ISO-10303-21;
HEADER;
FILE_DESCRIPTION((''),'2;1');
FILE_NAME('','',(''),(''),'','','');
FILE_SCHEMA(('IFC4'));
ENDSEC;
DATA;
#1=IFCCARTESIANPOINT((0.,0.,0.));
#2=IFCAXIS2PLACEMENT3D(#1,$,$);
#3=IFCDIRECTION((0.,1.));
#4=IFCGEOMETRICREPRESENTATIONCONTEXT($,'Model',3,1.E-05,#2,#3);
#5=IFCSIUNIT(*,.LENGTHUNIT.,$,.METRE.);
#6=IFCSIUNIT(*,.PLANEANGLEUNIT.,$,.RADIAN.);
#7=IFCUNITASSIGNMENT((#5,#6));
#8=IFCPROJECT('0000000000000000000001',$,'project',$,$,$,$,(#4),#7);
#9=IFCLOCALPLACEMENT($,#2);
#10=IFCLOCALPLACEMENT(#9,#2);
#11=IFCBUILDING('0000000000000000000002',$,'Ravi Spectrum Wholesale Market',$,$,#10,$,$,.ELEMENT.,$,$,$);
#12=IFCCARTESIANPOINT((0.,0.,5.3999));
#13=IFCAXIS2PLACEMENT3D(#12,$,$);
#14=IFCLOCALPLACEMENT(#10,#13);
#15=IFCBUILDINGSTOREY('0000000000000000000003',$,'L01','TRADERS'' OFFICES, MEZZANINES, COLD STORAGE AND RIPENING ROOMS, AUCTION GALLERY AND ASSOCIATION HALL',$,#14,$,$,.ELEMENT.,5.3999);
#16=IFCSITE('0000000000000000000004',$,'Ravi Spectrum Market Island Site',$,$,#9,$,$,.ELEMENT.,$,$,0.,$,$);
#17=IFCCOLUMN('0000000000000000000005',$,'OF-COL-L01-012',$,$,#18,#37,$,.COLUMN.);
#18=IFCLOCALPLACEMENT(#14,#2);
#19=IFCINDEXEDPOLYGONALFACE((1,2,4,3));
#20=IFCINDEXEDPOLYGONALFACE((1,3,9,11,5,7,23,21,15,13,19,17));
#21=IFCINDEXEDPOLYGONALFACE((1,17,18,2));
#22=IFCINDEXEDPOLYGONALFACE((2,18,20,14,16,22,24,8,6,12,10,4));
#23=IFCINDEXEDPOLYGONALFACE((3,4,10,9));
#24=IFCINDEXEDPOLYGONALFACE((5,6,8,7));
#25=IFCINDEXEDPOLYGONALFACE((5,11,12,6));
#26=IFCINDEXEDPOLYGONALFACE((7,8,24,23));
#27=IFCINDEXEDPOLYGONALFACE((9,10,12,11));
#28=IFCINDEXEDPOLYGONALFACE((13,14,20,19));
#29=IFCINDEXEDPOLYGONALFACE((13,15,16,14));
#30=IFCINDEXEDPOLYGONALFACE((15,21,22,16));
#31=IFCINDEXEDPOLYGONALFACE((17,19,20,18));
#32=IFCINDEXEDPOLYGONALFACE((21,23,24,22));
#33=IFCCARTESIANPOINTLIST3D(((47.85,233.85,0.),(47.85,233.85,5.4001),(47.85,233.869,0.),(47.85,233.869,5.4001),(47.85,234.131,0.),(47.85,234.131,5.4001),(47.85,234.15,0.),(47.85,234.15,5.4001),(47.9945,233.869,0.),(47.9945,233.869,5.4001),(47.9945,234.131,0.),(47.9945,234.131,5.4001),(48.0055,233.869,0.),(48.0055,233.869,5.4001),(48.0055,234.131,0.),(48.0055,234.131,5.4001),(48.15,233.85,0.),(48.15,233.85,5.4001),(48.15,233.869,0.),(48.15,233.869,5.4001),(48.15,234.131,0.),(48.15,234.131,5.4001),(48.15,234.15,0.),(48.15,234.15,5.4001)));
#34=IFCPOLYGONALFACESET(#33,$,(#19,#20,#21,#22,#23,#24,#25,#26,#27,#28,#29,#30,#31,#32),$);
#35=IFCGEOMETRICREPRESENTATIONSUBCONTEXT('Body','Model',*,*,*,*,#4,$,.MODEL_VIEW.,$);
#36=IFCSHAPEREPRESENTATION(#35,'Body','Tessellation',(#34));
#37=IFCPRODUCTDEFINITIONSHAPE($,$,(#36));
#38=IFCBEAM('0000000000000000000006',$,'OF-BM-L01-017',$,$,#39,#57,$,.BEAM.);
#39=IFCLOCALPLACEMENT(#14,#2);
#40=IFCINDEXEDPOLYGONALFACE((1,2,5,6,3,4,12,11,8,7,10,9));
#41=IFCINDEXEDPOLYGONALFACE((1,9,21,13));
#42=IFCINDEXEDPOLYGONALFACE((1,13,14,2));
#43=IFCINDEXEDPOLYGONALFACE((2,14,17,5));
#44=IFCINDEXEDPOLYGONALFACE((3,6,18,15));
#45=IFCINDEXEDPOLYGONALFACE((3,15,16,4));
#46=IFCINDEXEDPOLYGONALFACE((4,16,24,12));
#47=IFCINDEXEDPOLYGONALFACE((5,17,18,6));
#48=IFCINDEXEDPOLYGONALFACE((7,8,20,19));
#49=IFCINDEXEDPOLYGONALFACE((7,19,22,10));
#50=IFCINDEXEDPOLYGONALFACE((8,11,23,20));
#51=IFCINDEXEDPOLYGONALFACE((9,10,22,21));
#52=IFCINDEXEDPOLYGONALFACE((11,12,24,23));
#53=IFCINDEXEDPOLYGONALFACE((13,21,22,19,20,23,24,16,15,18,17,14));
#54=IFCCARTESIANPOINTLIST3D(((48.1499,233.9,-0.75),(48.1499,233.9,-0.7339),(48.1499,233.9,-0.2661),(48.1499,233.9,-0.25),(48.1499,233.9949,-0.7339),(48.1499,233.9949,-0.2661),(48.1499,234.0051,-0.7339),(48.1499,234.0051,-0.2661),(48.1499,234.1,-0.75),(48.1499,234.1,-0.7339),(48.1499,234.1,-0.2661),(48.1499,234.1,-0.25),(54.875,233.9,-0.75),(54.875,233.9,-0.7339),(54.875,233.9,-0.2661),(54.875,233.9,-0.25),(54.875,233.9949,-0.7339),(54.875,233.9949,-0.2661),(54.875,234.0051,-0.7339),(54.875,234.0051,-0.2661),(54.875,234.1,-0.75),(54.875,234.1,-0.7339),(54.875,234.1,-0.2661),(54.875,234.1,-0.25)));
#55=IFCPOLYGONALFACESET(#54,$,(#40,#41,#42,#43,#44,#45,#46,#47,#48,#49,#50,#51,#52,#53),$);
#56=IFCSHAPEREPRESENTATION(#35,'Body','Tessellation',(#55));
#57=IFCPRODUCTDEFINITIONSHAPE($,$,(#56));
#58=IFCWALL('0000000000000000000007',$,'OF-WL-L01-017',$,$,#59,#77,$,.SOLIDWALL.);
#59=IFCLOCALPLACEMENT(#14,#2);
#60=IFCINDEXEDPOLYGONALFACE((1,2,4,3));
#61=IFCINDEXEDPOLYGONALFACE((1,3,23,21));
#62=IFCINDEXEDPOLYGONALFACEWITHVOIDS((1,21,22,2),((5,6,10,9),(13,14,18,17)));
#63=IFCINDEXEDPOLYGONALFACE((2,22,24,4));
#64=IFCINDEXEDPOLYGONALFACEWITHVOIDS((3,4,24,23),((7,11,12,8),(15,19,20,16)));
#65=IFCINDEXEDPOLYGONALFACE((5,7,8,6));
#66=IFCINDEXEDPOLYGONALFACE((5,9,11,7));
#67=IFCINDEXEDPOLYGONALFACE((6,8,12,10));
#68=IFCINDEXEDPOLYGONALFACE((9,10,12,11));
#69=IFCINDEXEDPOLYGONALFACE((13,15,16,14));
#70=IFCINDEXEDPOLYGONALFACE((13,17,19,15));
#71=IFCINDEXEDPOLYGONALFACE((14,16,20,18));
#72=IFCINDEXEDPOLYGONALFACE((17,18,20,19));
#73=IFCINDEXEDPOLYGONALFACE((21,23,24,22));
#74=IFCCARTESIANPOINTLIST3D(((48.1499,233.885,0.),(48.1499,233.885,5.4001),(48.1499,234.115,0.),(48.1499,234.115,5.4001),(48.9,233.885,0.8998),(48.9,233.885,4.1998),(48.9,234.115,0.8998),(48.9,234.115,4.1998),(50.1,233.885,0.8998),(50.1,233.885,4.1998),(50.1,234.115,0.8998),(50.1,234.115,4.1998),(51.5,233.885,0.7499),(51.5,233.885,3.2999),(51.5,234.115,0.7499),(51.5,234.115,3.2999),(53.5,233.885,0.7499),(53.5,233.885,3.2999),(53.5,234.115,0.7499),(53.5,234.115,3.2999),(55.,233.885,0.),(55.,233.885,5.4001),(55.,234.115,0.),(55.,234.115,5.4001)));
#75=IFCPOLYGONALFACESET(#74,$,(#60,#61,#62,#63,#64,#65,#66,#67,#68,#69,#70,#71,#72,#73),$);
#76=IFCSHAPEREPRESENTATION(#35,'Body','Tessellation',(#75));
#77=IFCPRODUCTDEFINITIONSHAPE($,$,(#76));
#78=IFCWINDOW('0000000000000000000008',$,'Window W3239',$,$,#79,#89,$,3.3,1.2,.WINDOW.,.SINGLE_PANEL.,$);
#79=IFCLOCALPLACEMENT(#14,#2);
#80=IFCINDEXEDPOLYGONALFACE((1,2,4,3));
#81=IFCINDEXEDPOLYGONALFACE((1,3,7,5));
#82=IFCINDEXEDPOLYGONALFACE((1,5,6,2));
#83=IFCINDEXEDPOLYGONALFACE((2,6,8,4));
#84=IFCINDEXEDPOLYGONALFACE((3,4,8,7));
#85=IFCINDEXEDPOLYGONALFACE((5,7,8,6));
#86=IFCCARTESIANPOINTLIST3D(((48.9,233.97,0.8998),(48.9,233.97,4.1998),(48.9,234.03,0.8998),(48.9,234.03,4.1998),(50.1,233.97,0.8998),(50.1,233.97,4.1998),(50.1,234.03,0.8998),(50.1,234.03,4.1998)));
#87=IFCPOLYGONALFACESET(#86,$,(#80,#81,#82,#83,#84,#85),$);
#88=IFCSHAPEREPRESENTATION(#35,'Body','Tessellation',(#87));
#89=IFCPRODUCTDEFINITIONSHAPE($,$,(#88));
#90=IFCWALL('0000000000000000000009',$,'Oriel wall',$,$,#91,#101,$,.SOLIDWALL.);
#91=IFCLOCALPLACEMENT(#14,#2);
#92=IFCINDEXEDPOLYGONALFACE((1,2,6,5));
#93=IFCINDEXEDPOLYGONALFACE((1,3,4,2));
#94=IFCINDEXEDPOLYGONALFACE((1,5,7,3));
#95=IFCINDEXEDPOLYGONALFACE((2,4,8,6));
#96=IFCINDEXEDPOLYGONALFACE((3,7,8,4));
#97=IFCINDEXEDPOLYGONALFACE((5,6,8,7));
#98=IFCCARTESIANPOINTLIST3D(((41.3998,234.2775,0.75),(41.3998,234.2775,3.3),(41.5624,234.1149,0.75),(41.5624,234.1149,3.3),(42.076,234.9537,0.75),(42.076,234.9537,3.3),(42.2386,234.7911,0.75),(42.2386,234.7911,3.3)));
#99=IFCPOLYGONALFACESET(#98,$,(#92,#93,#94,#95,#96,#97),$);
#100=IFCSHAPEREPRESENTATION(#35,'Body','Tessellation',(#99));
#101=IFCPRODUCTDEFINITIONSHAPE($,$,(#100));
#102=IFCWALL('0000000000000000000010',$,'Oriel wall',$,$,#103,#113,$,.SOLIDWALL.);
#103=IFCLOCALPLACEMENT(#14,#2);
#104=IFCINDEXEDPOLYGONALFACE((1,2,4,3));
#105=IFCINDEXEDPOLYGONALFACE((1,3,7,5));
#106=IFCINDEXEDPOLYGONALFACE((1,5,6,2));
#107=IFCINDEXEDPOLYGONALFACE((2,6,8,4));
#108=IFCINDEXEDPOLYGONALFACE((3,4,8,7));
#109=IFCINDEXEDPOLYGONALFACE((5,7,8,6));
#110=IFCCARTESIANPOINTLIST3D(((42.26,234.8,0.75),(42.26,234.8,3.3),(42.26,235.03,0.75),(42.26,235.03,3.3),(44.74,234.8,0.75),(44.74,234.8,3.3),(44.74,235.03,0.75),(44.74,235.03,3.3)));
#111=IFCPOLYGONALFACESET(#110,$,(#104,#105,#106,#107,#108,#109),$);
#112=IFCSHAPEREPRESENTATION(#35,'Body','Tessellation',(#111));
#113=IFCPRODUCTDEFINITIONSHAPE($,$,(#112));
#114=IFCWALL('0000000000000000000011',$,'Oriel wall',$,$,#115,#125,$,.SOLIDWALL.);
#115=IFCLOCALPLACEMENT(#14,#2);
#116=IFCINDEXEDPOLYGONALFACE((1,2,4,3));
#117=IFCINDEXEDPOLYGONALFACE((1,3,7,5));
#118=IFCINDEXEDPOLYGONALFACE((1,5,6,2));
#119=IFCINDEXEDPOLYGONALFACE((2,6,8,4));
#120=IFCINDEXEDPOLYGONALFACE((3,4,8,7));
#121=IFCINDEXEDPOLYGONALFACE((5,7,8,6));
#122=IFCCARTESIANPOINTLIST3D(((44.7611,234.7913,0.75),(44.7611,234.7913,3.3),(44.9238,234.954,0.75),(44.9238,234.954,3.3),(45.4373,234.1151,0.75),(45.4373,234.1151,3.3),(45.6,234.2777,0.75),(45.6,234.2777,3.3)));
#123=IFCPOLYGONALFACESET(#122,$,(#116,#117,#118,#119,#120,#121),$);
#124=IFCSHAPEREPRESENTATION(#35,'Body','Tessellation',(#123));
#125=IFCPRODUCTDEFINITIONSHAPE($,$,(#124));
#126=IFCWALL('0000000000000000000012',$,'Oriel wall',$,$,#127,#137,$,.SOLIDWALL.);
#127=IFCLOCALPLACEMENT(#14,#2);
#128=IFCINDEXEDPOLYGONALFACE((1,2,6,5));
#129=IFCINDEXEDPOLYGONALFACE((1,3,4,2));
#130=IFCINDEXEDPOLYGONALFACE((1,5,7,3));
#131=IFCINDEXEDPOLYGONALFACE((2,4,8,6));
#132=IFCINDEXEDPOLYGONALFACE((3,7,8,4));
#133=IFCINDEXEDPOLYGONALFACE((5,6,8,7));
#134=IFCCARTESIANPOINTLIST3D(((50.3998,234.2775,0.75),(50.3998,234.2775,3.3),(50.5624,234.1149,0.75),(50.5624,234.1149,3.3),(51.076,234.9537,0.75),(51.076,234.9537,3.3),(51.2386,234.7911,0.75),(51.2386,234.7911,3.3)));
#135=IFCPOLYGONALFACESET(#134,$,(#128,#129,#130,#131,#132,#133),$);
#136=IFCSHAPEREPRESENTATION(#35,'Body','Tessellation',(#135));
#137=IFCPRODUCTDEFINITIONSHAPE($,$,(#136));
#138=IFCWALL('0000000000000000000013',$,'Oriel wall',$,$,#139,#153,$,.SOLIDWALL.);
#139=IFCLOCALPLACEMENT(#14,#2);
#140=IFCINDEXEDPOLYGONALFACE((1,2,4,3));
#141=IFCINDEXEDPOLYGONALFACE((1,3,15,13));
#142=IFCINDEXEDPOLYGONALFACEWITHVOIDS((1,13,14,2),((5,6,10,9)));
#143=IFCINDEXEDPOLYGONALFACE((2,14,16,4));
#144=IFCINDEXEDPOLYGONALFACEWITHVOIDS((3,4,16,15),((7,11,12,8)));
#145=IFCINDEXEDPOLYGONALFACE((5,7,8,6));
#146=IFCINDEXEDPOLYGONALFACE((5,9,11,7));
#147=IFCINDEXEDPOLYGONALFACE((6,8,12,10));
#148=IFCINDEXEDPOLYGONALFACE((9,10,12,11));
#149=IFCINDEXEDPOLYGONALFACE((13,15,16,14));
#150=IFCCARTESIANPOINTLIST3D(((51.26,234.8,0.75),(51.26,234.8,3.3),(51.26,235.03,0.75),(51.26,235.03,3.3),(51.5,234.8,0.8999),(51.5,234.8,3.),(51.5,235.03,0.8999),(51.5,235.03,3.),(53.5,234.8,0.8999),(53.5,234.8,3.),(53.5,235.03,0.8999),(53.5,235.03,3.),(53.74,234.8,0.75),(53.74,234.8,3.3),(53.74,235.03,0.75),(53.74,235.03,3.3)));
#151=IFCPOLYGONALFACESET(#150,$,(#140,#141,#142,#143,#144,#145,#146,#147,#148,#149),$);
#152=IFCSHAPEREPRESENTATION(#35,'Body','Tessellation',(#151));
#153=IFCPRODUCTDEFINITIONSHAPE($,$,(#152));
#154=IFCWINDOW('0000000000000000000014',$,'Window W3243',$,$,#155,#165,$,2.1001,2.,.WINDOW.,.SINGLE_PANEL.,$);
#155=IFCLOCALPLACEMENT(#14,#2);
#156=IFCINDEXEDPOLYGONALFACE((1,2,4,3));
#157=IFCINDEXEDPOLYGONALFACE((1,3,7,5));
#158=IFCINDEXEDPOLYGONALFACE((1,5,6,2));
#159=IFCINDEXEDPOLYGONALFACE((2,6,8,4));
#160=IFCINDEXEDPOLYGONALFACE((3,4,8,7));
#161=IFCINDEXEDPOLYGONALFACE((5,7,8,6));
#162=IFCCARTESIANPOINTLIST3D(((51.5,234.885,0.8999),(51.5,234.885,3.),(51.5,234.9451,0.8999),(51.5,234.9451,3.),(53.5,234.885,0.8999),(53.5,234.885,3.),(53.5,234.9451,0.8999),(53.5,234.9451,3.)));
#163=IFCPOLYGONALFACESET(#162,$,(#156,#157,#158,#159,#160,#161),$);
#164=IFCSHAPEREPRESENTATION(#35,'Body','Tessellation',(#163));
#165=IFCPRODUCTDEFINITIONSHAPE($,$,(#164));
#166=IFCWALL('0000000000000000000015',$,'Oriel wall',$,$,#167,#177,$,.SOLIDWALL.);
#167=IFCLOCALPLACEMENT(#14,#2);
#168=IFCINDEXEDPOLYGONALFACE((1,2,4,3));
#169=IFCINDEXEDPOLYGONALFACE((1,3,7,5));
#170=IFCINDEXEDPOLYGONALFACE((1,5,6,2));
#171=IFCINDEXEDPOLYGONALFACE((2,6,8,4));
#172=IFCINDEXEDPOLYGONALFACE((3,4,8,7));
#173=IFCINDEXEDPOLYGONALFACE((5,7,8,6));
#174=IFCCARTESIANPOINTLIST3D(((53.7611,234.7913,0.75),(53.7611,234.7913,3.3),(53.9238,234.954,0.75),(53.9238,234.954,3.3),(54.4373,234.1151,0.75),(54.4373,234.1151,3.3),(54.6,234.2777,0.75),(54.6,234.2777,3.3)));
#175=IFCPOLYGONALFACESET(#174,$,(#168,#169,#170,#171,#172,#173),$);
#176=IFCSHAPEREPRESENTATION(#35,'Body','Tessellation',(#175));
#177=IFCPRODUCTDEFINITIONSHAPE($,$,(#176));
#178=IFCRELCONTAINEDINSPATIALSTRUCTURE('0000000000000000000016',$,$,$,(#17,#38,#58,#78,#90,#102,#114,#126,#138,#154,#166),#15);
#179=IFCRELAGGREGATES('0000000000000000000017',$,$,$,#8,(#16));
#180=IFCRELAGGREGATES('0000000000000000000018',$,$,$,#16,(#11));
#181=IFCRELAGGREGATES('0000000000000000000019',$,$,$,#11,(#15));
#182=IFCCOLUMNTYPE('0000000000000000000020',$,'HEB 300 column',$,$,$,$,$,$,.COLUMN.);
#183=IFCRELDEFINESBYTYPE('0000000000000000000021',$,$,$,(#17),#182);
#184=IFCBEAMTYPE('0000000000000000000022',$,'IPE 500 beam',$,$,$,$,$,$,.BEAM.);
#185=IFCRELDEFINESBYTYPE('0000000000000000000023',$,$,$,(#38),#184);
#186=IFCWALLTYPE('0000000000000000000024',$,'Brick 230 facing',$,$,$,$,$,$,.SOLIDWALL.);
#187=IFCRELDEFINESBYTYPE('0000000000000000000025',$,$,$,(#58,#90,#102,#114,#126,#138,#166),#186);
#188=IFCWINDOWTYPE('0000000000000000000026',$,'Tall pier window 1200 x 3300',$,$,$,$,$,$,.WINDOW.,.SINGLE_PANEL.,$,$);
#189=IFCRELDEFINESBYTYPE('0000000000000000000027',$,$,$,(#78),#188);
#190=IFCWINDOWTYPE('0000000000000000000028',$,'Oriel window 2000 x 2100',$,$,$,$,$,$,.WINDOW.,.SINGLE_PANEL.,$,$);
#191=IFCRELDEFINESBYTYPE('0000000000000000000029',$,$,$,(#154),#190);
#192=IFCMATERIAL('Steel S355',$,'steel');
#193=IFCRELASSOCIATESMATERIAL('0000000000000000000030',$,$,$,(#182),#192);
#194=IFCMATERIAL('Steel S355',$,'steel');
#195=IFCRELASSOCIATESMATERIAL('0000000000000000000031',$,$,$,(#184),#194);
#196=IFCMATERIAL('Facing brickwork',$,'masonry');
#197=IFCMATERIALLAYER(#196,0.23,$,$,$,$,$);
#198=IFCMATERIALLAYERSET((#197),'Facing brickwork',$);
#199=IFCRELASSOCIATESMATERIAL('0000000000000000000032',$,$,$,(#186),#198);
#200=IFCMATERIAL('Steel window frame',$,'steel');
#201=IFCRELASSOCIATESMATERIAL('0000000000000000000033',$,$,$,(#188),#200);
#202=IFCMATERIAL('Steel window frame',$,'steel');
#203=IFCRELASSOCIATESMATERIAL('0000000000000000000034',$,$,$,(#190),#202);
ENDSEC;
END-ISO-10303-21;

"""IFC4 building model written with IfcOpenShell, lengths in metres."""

from ifc_helpers import new_model, si_unit, direction, frame, frame_2d, origin, origin_2d, place, context, subcontext, project, spatial, rectangle, i_section, extrude, material, layer, layer_set, material_profile, profile_set, type_object, element, fill, save


model = new_model("IFC4")

# Units and contexts
model_context = context("Model", 3, precision=1e-05, world=origin(), true_north=direction((0.0, 1.0)))
body_context = subcontext(model_context, "Body", "Model", "MODEL_VIEW")
ifc_project = project(units=[si_unit("LENGTHUNIT", "METRE"), si_unit("PLANEANGLEUNIT", "RADIAN")], contexts=[model_context])

# Site, building, storey
site_placement = place(None, origin())
site = spatial("IfcSite", under=ifc_project, at=site_placement, Name="Ravi Spectrum Market Island Site", CompositionType="ELEMENT", RefElevation=0.0)
building_placement = place(site_placement, origin())
building = spatial("IfcBuilding", under=site, at=building_placement, Name="Ravi Spectrum Wholesale Market", CompositionType="ELEMENT")
storey_placement = place(building_placement, frame((0.0, 0.0, 5.3999)))
storey = spatial("IfcBuildingStorey", under=building, at=storey_placement, Name="L01", Description="TRADERS' OFFICES, MEZZANINES, COLD STORAGE AND RIPENING ROOMS, AUCTION GALLERY AND ASSOCIATION HALL", CompositionType="ELEMENT", Elevation=5.3999)

# Column
ifc_material_1 = material(Name="Steel S355", Category="steel")
ifc_material_profile_1 = material_profile(ifc_material_1, i_section(OverallWidth=0.3, OverallDepth=0.3, WebThickness=0.011, FlangeThickness=0.019, at=origin_2d()))
ifc_profile_set_1 = profile_set([ifc_material_profile_1], Name="Steel S355")
column_type = type_object("IfcColumnType", Name="HEB 300 column", PredefinedType="COLUMN", material=ifc_profile_set_1)
column_placement = place(storey_placement, frame((48.0, 234.0, 0.0), z_axis=(0.0, 0.0, 1.0), x_axis=(1.0, 0.0, 0.0)))
element("IfcColumn", 1, at=column_placement, inside=storey, type_object=column_type, Name="OF-COL-L01-012", PredefinedType="COLUMN", context=body_context, shape_type="SweptSolid", body=[
    extrude(i_section(OverallWidth=0.3, OverallDepth=0.3, WebThickness=0.011, FlangeThickness=0.019, at=origin_2d()), origin(), (0.0, 0.0, 1.0), 5.4001),
])

# Beam
ifc_material_2 = material(Name="Steel S355", Category="steel")
ifc_material_profile_2 = material_profile(ifc_material_2, i_section(OverallWidth=0.2, OverallDepth=0.5, WebThickness=0.0103, FlangeThickness=0.0161, at=origin_2d()))
ifc_profile_set_2 = profile_set([ifc_material_profile_2], Name="Steel S355")
beam_type = type_object("IfcBeamType", Name="IPE 500 beam", PredefinedType="BEAM", material=ifc_profile_set_2)
beam_placement = place(storey_placement, frame((48.1499, 234.0, -0.5), z_axis=(1.0, 0.0, 0.0), x_axis=(0.0, 1.0, 0.0)))
element("IfcBeam", 2, at=beam_placement, inside=storey, type_object=beam_type, Name="OF-BM-L01-017", PredefinedType="BEAM", context=body_context, shape_type="SweptSolid", body=[
    extrude(i_section(OverallWidth=0.2, OverallDepth=0.5, WebThickness=0.0103, FlangeThickness=0.0161, at=origin_2d()), origin(), (0.0, 0.0, 1.0), 6.7251),
])

# Wall, openings, window
ifc_material_3 = material(Name="Facing brickwork", Category="masonry")
ifc_layer_1 = layer(ifc_material_3, 0.23)
ifc_layer_set_1 = layer_set([ifc_layer_1], Name="Facing brickwork")
wall_type_1 = type_object("IfcWallType", Name="Brick 230 facing", PredefinedType="SOLIDWALL", material=ifc_layer_set_1)
wall_1_placement = place(storey_placement, frame((48.1499, 234.0, 0.0), z_axis=(0.0, 0.0, 1.0), x_axis=(1.0, 0.0, 0.0)))
wall_1 = element("IfcWall", 3, at=wall_1_placement, inside=storey, type_object=wall_type_1, Name="OF-WL-L01-017", PredefinedType="SOLIDWALL", context=body_context, shape_type="SweptSolid", body=[
    extrude(rectangle(XDim=6.8501, YDim=0.23, at=frame_2d((3.425, 0.0))), origin(), (0.0, 0.0, 1.0), 5.4001),
])
opening_1_placement = place(wall_1_placement, frame((0.75, 0.0, 0.8999)))
opening_1 = element("IfcOpeningElement", 4, at=opening_1_placement, cuts=wall_1, PredefinedType="OPENING", context=body_context, shape_type="SweptSolid", body=[
    extrude(rectangle(XDim=1.2, YDim=3.3, at=frame_2d((0.6001, 1.6499))), frame((0.0, 0.125, 0.0), z_axis=(0.0, -1.0, 0.0), x_axis=(1.0, 0.0, 0.0)), (0.0, 0.0, 1.0), 0.25),
])
opening_2_placement = place(wall_1_placement, frame((3.3501, 0.0, 0.75)))
element("IfcOpeningElement", 5, at=opening_2_placement, cuts=wall_1, PredefinedType="OPENING", context=body_context, shape_type="SweptSolid", body=[
    extrude(rectangle(XDim=2.0, YDim=2.55, at=frame_2d((1.0, 1.2749))), frame((0.0, 0.125, 0.0), z_axis=(0.0, -1.0, 0.0), x_axis=(1.0, 0.0, 0.0)), (0.0, 0.0, 1.0), 0.25),
])
ifc_material_4 = material(Name="Steel window frame", Category="steel")
window_type_1 = type_object("IfcWindowType", Name="Tall pier window 1200 x 3300", PartitioningType="SINGLE_PANEL", PredefinedType="WINDOW", material=ifc_material_4)
window_1_placement = place(opening_1_placement, origin())
window_1 = element("IfcWindow", 6, at=window_1_placement, inside=storey, type_object=window_type_1, Name="Window W3239", OverallHeight=3.3, OverallWidth=1.2, PartitioningType="SINGLE_PANEL", PredefinedType="WINDOW", context=body_context, shape_type="SweptSolid", body=[
    extrude(rectangle(XDim=1.2, YDim=3.3, at=frame_2d((0.6001, 1.6499))), frame((0.0, 0.03, 0.0), z_axis=(0.0, -1.0, 0.0), x_axis=(1.0, 0.0, 0.0)), (0.0, 0.0, 1.0), 0.0601),
])
fill(opening_1, window_1)

# Walls
wall_2_placement = place(storey_placement, frame((41.4812, 234.1963, 0.75), z_axis=(0.0, 0.0, 1.0), x_axis=(0.707107, 0.707107, 0.0)))
element("IfcWall", 7, at=wall_2_placement, inside=storey, type_object=wall_type_1, Name="Oriel wall", PredefinedType="SOLIDWALL", context=body_context, shape_type="SweptSolid", body=[
    extrude(rectangle(XDim=0.9563, YDim=0.23, at=frame_2d((0.478, 0.0))), origin(), (0.0, 0.0, 1.0), 2.55),
])
wall_3_placement = place(storey_placement, frame((42.26, 234.915, 0.75), z_axis=(0.0, 0.0, 1.0), x_axis=(1.0, 0.0, 0.0)))
element("IfcWall", 8, at=wall_3_placement, inside=storey, type_object=wall_type_1, Name="Oriel wall", PredefinedType="SOLIDWALL", context=body_context, shape_type="SweptSolid", body=[
    extrude(rectangle(XDim=2.48, YDim=0.23, at=frame_2d((1.24, 0.0))), origin(), (0.0, 0.0, 1.0), 2.55),
])
for number, where, z_axis, x_axis, name in (
    (9, (44.8425, 234.8726, 0.75), (0.0, 0.0, 1.0), (0.707107, -0.707107, 0.0), "Oriel wall"),
    (10, (50.4812, 234.1963, 0.75), (0.0, 0.0, 1.0), (0.707107, 0.707107, 0.0), "Oriel wall"),
):
    element("IfcWall", number, at=place(storey_placement, frame(where, z_axis=z_axis, x_axis=x_axis)), inside=storey, type_object=wall_type_1, Name=name, PredefinedType="SOLIDWALL", context=body_context, shape_type="SweptSolid", body=[
        extrude(rectangle(XDim=0.9563, YDim=0.23, at=frame_2d((0.478, 0.0))), origin(), (0.0, 0.0, 1.0), 2.55),
    ])

# Wall, opening, window
wall_4_placement = place(storey_placement, frame((51.26, 234.915, 0.75), z_axis=(0.0, 0.0, 1.0), x_axis=(1.0, 0.0, 0.0)))
wall_4 = element("IfcWall", 11, at=wall_4_placement, inside=storey, type_object=wall_type_1, Name="Oriel wall", PredefinedType="SOLIDWALL", context=body_context, shape_type="SweptSolid", body=[
    extrude(rectangle(XDim=2.48, YDim=0.23, at=frame_2d((1.24, 0.0))), origin(), (0.0, 0.0, 1.0), 2.55),
])
opening_3_placement = place(wall_4_placement, frame((0.24, 0.0, 0.1499)))
opening_3 = element("IfcOpeningElement", 12, at=opening_3_placement, cuts=wall_4, PredefinedType="OPENING", context=body_context, shape_type="SweptSolid", body=[
    extrude(rectangle(XDim=2.0, YDim=2.1001, at=frame_2d((1.0, 1.05))), frame((0.0, 0.125, 0.0), z_axis=(0.0, -1.0, 0.0), x_axis=(1.0, 0.0, 0.0)), (0.0, 0.0, 1.0), 0.25),
])
ifc_material_5 = material(Name="Steel window frame", Category="steel")
window_type_2 = type_object("IfcWindowType", Name="Oriel window 2000 x 2100", PartitioningType="SINGLE_PANEL", PredefinedType="WINDOW", material=ifc_material_5)
window_2_placement = place(opening_3_placement, origin())
window_2 = element("IfcWindow", 13, at=window_2_placement, inside=storey, type_object=window_type_2, Name="Window W3243", OverallHeight=2.1001, OverallWidth=2.0, PartitioningType="SINGLE_PANEL", PredefinedType="WINDOW", context=body_context, shape_type="SweptSolid", body=[
    extrude(rectangle(XDim=2.0, YDim=2.1001, at=frame_2d((1.0, 1.05))), frame((0.0, 0.03, 0.0), z_axis=(0.0, -1.0, 0.0), x_axis=(1.0, 0.0, 0.0)), (0.0, 0.0, 1.0), 0.0601),
])
fill(opening_3, window_2)

# Wall
wall_5_placement = place(storey_placement, frame((53.8425, 234.8726, 0.75), z_axis=(0.0, 0.0, 1.0), x_axis=(0.707107, -0.707107, 0.0)))
element("IfcWall", 14, at=wall_5_placement, inside=storey, type_object=wall_type_1, Name="Oriel wall", PredefinedType="SOLIDWALL", context=body_context, shape_type="SweptSolid", body=[
    extrude(rectangle(XDim=0.9563, YDim=0.23, at=frame_2d((0.478, 0.0))), origin(), (0.0, 0.0, 1.0), 2.55),
])

save(model, "model.ifc")
